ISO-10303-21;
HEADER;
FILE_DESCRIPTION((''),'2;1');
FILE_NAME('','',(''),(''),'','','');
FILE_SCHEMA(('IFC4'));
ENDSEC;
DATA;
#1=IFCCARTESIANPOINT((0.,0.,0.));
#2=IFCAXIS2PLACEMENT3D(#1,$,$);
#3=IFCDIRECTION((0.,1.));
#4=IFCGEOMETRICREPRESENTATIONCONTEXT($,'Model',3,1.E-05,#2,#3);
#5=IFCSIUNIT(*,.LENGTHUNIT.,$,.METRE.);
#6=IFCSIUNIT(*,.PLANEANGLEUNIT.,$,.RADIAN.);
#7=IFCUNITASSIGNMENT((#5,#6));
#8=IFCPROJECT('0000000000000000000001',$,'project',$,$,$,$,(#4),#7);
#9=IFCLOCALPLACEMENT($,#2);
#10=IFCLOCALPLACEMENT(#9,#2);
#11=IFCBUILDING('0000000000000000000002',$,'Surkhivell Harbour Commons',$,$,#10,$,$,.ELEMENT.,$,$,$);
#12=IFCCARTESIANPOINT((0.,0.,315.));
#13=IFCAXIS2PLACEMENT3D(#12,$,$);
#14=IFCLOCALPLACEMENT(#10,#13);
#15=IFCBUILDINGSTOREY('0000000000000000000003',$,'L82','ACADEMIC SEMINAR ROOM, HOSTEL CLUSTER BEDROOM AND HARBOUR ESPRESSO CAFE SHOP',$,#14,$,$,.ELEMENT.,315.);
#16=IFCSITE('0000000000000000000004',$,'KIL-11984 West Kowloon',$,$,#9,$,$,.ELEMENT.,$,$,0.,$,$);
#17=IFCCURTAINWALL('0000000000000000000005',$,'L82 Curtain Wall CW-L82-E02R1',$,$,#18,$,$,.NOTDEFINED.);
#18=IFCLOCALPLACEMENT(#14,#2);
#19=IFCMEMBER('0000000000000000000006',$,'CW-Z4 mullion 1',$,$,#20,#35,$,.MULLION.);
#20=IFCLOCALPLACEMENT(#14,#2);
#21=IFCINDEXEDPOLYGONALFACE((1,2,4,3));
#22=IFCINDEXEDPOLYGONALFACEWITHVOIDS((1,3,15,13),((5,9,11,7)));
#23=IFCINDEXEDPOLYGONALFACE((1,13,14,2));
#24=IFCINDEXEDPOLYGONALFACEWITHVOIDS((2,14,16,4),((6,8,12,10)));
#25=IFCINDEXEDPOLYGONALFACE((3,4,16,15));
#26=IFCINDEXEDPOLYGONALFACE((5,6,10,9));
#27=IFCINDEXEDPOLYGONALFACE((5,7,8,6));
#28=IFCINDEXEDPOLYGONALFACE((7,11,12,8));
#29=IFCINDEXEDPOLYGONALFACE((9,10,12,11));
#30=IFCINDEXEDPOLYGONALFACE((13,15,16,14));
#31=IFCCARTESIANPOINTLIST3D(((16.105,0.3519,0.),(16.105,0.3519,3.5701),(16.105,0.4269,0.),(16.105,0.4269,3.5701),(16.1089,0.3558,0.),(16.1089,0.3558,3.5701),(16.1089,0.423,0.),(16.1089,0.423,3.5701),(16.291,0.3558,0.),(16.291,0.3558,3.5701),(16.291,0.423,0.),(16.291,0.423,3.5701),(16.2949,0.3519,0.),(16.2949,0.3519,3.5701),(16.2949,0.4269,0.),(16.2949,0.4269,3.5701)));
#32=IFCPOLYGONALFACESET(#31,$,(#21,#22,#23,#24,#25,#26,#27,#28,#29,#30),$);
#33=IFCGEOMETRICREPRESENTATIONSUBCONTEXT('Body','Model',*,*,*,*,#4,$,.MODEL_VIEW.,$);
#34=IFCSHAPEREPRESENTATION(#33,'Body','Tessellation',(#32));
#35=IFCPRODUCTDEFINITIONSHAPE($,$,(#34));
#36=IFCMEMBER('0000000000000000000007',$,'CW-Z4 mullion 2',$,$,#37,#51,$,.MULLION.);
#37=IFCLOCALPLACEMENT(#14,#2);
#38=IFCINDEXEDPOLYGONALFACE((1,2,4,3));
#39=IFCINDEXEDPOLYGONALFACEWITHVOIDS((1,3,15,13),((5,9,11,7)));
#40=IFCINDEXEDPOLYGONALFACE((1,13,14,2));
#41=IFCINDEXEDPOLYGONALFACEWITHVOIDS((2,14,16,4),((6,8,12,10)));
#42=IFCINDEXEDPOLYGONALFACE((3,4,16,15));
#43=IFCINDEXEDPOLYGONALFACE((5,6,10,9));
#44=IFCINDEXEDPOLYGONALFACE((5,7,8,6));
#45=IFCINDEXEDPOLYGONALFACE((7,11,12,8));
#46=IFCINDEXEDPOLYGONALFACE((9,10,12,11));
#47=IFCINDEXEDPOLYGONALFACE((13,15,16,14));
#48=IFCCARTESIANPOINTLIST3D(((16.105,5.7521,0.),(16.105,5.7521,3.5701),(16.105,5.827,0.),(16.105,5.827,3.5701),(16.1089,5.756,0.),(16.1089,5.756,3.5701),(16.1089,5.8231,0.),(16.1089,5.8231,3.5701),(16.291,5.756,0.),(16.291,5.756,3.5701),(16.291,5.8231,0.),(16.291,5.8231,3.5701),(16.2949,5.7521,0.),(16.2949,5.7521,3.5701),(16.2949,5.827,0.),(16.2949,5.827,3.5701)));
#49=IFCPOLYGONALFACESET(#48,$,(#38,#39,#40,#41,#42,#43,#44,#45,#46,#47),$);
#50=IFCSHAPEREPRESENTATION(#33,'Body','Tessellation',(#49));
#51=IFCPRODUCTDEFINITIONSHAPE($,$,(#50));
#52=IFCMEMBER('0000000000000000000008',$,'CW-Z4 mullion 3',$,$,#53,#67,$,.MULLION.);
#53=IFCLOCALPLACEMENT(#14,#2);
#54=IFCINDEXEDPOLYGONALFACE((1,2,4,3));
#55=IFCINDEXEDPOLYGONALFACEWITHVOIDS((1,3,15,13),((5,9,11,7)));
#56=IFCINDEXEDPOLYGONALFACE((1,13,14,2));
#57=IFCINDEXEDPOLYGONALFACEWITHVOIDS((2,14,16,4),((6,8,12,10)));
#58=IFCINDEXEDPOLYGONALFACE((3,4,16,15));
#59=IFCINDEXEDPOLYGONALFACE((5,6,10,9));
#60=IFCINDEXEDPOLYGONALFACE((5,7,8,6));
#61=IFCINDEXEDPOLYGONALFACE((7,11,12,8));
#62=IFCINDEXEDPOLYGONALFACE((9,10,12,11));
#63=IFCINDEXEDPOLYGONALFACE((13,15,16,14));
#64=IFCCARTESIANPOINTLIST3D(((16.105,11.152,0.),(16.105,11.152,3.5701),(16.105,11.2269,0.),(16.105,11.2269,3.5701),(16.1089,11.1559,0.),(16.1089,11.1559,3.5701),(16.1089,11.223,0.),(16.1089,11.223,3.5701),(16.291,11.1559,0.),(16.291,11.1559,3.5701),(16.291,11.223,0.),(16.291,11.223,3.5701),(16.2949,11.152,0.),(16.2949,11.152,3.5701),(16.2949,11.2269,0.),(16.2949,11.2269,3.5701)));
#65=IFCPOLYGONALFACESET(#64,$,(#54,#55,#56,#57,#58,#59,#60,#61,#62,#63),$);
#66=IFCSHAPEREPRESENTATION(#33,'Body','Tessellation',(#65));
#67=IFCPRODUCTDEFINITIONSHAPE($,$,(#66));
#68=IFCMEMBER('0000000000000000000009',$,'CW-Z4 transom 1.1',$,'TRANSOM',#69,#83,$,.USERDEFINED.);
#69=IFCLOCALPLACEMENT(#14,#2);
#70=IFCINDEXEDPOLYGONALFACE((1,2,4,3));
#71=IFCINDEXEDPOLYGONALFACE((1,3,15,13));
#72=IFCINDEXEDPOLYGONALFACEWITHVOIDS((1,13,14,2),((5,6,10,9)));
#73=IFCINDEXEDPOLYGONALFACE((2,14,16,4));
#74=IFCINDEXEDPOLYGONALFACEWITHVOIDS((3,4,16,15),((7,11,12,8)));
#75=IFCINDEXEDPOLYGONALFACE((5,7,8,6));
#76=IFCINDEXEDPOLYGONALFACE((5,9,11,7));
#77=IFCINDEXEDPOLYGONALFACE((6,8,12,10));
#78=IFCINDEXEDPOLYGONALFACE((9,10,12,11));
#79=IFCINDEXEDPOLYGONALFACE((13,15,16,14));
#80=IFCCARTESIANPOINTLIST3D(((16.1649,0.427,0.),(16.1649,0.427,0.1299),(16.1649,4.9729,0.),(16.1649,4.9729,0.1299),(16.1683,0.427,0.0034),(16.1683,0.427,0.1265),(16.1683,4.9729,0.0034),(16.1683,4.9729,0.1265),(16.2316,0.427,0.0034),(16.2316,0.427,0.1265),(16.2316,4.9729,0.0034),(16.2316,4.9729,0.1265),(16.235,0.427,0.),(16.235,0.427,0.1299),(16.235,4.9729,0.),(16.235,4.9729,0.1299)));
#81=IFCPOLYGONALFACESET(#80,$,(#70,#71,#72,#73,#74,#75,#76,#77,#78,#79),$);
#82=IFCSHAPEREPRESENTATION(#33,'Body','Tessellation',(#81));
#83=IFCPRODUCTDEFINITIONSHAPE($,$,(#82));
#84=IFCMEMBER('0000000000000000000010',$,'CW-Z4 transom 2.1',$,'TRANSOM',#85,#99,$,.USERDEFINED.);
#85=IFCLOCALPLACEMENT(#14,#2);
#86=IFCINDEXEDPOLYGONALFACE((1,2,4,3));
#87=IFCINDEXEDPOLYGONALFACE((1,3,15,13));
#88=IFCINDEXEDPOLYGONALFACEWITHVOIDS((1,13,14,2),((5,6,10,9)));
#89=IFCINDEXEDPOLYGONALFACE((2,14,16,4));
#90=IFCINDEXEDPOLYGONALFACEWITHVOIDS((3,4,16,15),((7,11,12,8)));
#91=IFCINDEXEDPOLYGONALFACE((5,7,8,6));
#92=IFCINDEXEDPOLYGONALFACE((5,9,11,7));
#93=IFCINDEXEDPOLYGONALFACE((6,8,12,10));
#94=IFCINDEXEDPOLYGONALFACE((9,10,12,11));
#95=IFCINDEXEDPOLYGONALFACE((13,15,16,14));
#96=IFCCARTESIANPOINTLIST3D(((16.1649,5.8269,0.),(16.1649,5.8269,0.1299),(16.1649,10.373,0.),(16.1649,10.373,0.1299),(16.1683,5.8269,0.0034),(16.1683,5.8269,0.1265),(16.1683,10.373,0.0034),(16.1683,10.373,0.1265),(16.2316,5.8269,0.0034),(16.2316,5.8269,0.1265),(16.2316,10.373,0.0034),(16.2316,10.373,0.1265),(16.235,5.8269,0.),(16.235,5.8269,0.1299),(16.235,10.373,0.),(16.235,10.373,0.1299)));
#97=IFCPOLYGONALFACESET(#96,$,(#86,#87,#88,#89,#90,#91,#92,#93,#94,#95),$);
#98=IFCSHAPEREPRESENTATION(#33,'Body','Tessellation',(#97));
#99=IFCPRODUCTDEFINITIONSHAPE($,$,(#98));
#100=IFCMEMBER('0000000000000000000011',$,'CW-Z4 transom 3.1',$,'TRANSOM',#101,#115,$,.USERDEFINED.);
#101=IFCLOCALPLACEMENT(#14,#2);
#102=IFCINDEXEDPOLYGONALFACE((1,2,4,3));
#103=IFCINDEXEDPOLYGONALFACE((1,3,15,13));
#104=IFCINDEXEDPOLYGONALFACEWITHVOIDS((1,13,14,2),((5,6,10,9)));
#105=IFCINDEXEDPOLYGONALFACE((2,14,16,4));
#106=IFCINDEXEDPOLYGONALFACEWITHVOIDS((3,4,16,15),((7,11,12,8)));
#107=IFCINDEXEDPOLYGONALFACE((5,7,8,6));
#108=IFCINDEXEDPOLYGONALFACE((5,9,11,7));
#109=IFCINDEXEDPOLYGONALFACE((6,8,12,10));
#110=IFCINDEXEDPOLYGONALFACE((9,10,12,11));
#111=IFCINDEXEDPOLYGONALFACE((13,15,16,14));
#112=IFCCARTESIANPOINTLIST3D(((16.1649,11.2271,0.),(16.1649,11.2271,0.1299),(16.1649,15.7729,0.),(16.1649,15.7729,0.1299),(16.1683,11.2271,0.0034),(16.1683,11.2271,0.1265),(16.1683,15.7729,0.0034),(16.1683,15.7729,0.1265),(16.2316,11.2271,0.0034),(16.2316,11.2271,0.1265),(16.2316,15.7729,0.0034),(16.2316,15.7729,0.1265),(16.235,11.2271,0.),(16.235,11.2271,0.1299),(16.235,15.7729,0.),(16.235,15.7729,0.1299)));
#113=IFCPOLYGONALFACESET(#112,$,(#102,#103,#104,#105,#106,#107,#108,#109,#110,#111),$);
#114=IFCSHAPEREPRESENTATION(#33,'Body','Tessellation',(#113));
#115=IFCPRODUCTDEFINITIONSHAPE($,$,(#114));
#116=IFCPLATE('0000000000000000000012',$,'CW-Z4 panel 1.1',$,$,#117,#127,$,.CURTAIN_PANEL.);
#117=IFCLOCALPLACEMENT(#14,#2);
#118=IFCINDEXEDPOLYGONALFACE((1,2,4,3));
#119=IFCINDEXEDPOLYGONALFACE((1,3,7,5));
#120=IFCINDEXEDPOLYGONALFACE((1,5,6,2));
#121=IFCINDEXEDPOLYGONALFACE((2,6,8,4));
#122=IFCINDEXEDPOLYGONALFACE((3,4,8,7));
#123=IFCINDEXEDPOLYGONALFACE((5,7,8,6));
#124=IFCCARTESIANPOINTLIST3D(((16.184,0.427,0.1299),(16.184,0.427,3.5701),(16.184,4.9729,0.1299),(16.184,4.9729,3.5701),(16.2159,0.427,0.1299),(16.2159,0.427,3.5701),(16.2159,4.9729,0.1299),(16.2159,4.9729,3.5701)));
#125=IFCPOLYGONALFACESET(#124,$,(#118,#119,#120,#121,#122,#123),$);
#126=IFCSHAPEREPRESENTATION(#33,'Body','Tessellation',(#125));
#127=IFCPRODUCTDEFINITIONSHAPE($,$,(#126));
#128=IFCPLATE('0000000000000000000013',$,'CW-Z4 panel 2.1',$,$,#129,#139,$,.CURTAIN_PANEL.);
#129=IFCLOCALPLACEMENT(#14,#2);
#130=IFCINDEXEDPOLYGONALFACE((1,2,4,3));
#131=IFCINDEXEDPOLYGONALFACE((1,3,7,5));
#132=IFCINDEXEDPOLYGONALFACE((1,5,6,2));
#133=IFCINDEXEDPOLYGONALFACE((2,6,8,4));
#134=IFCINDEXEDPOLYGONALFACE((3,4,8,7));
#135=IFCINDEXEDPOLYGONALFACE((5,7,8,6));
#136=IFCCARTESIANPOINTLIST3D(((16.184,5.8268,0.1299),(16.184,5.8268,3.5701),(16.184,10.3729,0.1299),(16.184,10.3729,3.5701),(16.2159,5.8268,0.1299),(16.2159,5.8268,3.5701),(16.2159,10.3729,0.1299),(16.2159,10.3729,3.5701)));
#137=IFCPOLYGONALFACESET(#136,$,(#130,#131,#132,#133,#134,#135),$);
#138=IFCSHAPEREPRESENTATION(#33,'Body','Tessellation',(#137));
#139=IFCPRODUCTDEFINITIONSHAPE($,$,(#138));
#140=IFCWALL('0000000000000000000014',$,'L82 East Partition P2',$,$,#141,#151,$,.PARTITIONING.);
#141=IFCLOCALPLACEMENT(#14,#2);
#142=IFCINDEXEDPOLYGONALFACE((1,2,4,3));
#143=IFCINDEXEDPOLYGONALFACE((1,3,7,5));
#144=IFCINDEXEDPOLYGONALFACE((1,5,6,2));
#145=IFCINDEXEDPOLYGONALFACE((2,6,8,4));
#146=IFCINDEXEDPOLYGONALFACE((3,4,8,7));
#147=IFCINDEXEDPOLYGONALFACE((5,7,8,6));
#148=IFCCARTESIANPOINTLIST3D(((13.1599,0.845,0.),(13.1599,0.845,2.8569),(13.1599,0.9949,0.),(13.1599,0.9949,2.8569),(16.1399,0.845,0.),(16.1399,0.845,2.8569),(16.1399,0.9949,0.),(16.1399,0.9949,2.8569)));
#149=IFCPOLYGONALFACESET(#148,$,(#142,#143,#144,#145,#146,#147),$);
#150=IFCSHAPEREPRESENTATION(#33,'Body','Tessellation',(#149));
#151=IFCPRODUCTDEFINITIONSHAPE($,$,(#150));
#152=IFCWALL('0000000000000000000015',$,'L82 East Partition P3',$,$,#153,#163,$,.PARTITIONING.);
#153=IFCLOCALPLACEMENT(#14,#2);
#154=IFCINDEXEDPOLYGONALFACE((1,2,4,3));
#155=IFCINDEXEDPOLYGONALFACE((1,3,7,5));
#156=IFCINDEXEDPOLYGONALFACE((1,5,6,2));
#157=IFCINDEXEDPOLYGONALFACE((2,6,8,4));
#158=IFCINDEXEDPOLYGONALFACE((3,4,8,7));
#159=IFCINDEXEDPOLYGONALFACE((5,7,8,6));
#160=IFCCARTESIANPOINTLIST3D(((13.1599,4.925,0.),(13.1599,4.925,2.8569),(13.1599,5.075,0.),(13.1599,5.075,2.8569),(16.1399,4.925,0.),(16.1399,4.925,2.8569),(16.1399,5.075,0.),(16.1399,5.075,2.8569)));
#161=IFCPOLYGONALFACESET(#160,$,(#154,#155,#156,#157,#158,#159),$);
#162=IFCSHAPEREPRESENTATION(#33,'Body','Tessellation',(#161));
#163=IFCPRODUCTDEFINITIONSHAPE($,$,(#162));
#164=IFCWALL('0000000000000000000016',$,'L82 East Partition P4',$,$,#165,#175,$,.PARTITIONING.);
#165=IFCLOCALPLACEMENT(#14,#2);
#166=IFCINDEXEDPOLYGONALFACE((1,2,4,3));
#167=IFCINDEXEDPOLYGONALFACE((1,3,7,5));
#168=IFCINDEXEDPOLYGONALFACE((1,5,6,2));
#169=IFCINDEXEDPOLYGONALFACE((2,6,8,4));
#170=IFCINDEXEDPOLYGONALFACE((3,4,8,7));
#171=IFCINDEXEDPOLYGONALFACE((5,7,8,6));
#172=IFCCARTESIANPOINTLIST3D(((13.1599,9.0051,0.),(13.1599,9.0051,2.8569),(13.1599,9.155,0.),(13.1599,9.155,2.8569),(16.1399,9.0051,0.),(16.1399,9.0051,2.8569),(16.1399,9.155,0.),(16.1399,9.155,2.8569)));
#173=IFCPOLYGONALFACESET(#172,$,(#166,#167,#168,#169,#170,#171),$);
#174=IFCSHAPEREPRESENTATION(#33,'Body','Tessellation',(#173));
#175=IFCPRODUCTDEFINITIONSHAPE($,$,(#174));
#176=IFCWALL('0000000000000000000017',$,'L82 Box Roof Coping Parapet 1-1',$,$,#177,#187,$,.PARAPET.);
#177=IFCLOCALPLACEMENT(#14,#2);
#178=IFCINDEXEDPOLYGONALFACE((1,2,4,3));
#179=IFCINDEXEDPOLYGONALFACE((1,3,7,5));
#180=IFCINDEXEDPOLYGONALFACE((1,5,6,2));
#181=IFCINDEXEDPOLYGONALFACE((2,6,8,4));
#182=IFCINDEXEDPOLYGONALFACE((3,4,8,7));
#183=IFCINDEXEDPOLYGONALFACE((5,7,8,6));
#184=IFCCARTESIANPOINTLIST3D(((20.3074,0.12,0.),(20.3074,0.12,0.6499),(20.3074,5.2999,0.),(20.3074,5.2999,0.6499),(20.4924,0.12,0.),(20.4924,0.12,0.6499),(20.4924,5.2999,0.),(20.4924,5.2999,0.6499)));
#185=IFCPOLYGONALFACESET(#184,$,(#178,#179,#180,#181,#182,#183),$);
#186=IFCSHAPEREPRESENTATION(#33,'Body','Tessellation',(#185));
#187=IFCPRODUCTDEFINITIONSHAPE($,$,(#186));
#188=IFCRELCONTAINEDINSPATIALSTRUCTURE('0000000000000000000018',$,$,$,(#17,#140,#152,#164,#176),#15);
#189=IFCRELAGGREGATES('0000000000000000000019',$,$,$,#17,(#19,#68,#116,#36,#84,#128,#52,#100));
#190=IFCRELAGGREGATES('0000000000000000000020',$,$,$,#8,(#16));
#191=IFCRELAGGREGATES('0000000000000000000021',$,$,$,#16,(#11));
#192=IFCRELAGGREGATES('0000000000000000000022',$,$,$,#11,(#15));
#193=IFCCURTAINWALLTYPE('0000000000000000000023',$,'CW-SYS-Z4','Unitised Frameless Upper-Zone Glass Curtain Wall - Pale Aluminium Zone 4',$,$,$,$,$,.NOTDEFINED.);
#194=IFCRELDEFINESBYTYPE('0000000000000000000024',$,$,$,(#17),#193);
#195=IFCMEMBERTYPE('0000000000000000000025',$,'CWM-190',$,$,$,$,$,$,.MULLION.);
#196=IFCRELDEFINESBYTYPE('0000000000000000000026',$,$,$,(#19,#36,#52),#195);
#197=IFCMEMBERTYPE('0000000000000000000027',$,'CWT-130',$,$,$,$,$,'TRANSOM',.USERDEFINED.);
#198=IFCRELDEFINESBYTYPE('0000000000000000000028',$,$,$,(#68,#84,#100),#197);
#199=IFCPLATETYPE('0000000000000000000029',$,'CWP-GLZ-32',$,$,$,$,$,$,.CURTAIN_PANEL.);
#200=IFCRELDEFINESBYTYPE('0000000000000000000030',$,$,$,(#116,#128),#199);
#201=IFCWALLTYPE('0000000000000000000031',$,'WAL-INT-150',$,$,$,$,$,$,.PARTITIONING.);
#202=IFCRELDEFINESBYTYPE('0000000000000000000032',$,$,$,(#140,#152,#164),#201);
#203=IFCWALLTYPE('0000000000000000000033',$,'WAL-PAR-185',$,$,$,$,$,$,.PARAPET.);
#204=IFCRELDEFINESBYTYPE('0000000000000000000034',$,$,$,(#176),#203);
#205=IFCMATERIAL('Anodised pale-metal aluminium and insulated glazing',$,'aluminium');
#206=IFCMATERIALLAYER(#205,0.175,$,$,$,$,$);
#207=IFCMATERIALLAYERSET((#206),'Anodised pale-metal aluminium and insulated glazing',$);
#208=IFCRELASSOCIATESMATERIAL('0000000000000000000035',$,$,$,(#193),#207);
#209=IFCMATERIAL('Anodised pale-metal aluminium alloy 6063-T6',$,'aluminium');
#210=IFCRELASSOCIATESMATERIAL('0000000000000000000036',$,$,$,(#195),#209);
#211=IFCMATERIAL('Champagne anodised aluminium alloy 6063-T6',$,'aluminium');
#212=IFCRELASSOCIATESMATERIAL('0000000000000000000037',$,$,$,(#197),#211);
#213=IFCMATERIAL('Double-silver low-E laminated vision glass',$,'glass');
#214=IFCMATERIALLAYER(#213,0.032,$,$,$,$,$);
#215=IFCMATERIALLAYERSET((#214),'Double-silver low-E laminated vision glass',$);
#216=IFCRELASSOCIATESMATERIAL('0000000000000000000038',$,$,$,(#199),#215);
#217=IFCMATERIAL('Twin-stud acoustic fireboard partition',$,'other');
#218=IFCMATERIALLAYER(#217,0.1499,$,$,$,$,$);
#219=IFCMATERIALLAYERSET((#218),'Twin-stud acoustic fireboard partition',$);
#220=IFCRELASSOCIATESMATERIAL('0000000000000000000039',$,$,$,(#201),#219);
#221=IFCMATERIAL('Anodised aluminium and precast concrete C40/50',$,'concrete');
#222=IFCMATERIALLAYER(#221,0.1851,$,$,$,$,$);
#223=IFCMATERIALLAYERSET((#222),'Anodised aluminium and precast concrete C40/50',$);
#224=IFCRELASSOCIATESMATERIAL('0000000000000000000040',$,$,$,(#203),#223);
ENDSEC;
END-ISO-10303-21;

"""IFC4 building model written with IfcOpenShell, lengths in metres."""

from ifc_helpers import new_model, si_unit, direction, frame, frame_2d, origin, origin_2d, place, context, subcontext, project, spatial, rectangle, hollow_rectangle, extrude, material, layer, layer_set, material_profile, profile_set, type_object, element, aggregate, save


model = new_model("IFC4")

# Units and contexts
model_context = context("Model", 3, precision=1e-05, world=origin(), true_north=direction((0.0, 1.0)))
body_context = subcontext(model_context, "Body", "Model", "MODEL_VIEW")
ifc_project = project(units=[si_unit("LENGTHUNIT", "METRE"), si_unit("PLANEANGLEUNIT", "RADIAN")], contexts=[model_context])

# Site, building, storey
site_placement = place(None, origin())
site = spatial("IfcSite", under=ifc_project, at=site_placement, Name="KIL-11984 West Kowloon", CompositionType="ELEMENT", RefElevation=0.0)
building_placement = place(site_placement, origin())
building = spatial("IfcBuilding", under=site, at=building_placement, Name="Surkhivell Harbour Commons", CompositionType="ELEMENT")
storey_placement = place(building_placement, frame((0.0, 0.0, 315.0)))
storey = spatial("IfcBuildingStorey", under=building, at=storey_placement, Name="L82", Description="ACADEMIC SEMINAR ROOM, HOSTEL CLUSTER BEDROOM AND HARBOUR ESPRESSO CAFE SHOP", CompositionType="ELEMENT", Elevation=315.0)

# Curtain wall, members, plates
ifc_material_1 = material(Name="Anodised pale-metal aluminium and insulated glazing", Category="aluminium")
ifc_layer_1 = layer(ifc_material_1, 0.175)
ifc_layer_set_1 = layer_set([ifc_layer_1], Name="Anodised pale-metal aluminium and insulated glazing")
curtain_wall_type = type_object("IfcCurtainWallType", Name="CW-SYS-Z4", Description="Unitised Frameless Upper-Zone Glass Curtain Wall - Pale Aluminium Zone 4", PredefinedType="NOTDEFINED", material=ifc_layer_set_1)
curtain_wall_placement = place(storey_placement, origin())
curtain_wall = element("IfcCurtainWall", 1, at=curtain_wall_placement, inside=storey, type_object=curtain_wall_type, Name="L82 Curtain Wall CW-L82-E02R1", PredefinedType="NOTDEFINED")
ifc_material_2 = material(Name="Anodised pale-metal aluminium alloy 6063-T6", Category="aluminium")
ifc_material_profile_1 = material_profile(ifc_material_2, hollow_rectangle(XDim=0.075, YDim=0.1899, WallThickness=0.0039, at=origin_2d()), Name="ALU-MULL-75x190")
ifc_profile_set_1 = profile_set([ifc_material_profile_1], Name="Anodised pale-metal aluminium alloy 6063-T6")
member_type_1 = type_object("IfcMemberType", Name="CWM-190", PredefinedType="MULLION", material=ifc_profile_set_1)
member_1_placement = place(storey_placement, frame((16.2, 0.3894, 0.0), z_axis=(0.0, 0.0, 1.0), x_axis=(0.0, 1.0, 0.0)))
member_1 = element("IfcMember", 2, at=member_1_placement, type_object=member_type_1, Name="CW-Z4 mullion 1", PredefinedType="MULLION", context=body_context, shape_type="SweptSolid", body=[
    extrude(hollow_rectangle(XDim=0.075, YDim=0.1899, WallThickness=0.0039, at=origin_2d()), origin(), (0.0, 0.0, 1.0), 3.5701),
])
member_2_placement = place(storey_placement, frame((16.2, 5.7896, 0.0), z_axis=(0.0, 0.0, 1.0), x_axis=(0.0, 1.0, 0.0)))
member_2 = element("IfcMember", 3, at=member_2_placement, type_object=member_type_1, Name="CW-Z4 mullion 2", PredefinedType="MULLION", context=body_context, shape_type="SweptSolid", body=[
    extrude(hollow_rectangle(XDim=0.075, YDim=0.1899, WallThickness=0.0039, at=origin_2d()), origin(), (0.0, 0.0, 1.0), 3.5701),
])
member_3_placement = place(storey_placement, frame((16.2, 11.1895, 0.0), z_axis=(0.0, 0.0, 1.0), x_axis=(0.0, 1.0, 0.0)))
member_3 = element("IfcMember", 4, at=member_3_placement, type_object=member_type_1, Name="CW-Z4 mullion 3", PredefinedType="MULLION", context=body_context, shape_type="SweptSolid", body=[
    extrude(hollow_rectangle(XDim=0.075, YDim=0.1899, WallThickness=0.0039, at=origin_2d()), origin(), (0.0, 0.0, 1.0), 3.5701),
])
ifc_material_3 = material(Name="Champagne anodised aluminium alloy 6063-T6", Category="aluminium")
ifc_material_profile_2 = material_profile(ifc_material_3, hollow_rectangle(XDim=0.0701, YDim=0.1299, WallThickness=0.0034, at=origin_2d()), Name="ALU-TRAN-70x130")
ifc_profile_set_2 = profile_set([ifc_material_profile_2], Name="Champagne anodised aluminium alloy 6063-T6")
member_type_2 = type_object("IfcMemberType", Name="CWT-130", ElementType="TRANSOM", PredefinedType="USERDEFINED", material=ifc_profile_set_2)
member_4_placement = place(storey_placement, frame((16.2, 0.427, 0.0649), z_axis=(0.0, 1.0, 0.0), x_axis=(-1.0, 0.0, 0.0)))
member_4 = element("IfcMember", 5, at=member_4_placement, type_object=member_type_2, Name="CW-Z4 transom 1.1", ObjectType="TRANSOM", PredefinedType="USERDEFINED", context=body_context, shape_type="SweptSolid", body=[
    extrude(hollow_rectangle(XDim=0.0701, YDim=0.1299, WallThickness=0.0034, at=origin_2d()), origin(), (0.0, 0.0, 1.0), 4.5459),
])
member_5_placement = place(storey_placement, frame((16.2, 5.8269, 0.0649), z_axis=(0.0, 1.0, 0.0), x_axis=(-1.0, 0.0, 0.0)))
member_5 = element("IfcMember", 6, at=member_5_placement, type_object=member_type_2, Name="CW-Z4 transom 2.1", ObjectType="TRANSOM", PredefinedType="USERDEFINED", context=body_context, shape_type="SweptSolid", body=[
    extrude(hollow_rectangle(XDim=0.0701, YDim=0.1299, WallThickness=0.0034, at=origin_2d()), origin(), (0.0, 0.0, 1.0), 4.5461),
])
member_6_placement = place(storey_placement, frame((16.2, 11.2271, 0.0649), z_axis=(0.0, 1.0, 0.0), x_axis=(-1.0, 0.0, 0.0)))
member_6 = element("IfcMember", 7, at=member_6_placement, type_object=member_type_2, Name="CW-Z4 transom 3.1", ObjectType="TRANSOM", PredefinedType="USERDEFINED", context=body_context, shape_type="SweptSolid", body=[
    extrude(hollow_rectangle(XDim=0.0701, YDim=0.1299, WallThickness=0.0034, at=origin_2d()), origin(), (0.0, 0.0, 1.0), 4.5459),
])
ifc_material_4 = material(Name="Double-silver low-E laminated vision glass", Category="glass")
ifc_layer_2 = layer(ifc_material_4, 0.032)
ifc_layer_set_2 = layer_set([ifc_layer_2], Name="Double-silver low-E laminated vision glass")
plate_type = type_object("IfcPlateType", Name="CWP-GLZ-32", PredefinedType="CURTAIN_PANEL", material=ifc_layer_set_2)
plate_1_placement = place(storey_placement, frame((16.2, 0.427, 0.1299), z_axis=(0.0, 0.0, 1.0), x_axis=(0.0, 1.0, 0.0)))
plate_1 = element("IfcPlate", 8, at=plate_1_placement, type_object=plate_type, Name="CW-Z4 panel 1.1", PredefinedType="CURTAIN_PANEL", context=body_context, shape_type="SweptSolid", body=[
    extrude(rectangle(XDim=4.5459, YDim=0.032, at=frame_2d((2.2729, 0.0))), origin(), (0.0, 0.0, 1.0), 3.4402),
])
plate_2_placement = place(storey_placement, frame((16.2, 5.8269, 0.1299), z_axis=(0.0, 0.0, 1.0), x_axis=(0.0, 1.0, 0.0)))
plate_2 = element("IfcPlate", 9, at=plate_2_placement, type_object=plate_type, Name="CW-Z4 panel 2.1", PredefinedType="CURTAIN_PANEL", context=body_context, shape_type="SweptSolid", body=[
    extrude(rectangle(XDim=4.5461, YDim=0.032, at=frame_2d((2.2729, 0.0))), origin(), (0.0, 0.0, 1.0), 3.4402),
])
aggregate(curtain_wall, [member_1, member_4, plate_1, member_2, member_5, plate_2, member_3, member_6])

# Walls
ifc_material_5 = material(Name="Twin-stud acoustic fireboard partition", Category="other")
ifc_layer_3 = layer(ifc_material_5, 0.1499)
ifc_layer_set_3 = layer_set([ifc_layer_3], Name="Twin-stud acoustic fireboard partition")
wall_type_1 = type_object("IfcWallType", Name="WAL-INT-150", PredefinedType="PARTITIONING", material=ifc_layer_set_3)
for number, where, z_axis, x_axis, name in (
    (10, (13.1599, 0.9199, 0.0), (0.0, 0.0, 1.0), (1.0, 0.0, 0.0), "L82 East Partition P2"),
    (11, (13.1599, 5.0, 0.0), (0.0, 0.0, 1.0), (1.0, 0.0, 0.0), "L82 East Partition P3"),
    (12, (13.1599, 9.0801, 0.0), (0.0, 0.0, 1.0), (1.0, 0.0, 0.0), "L82 East Partition P4"),
):
    element("IfcWall", number, at=place(storey_placement, frame(where, z_axis=z_axis, x_axis=x_axis)), inside=storey, type_object=wall_type_1, Name=name, PredefinedType="PARTITIONING", context=body_context, shape_type="SweptSolid", body=[
        extrude(rectangle(XDim=2.98, YDim=0.1499, at=frame_2d((1.49, 0.0))), origin(), (0.0, 0.0, 1.0), 2.8569),
    ])
ifc_material_6 = material(Name="Anodised aluminium and precast concrete C40/50", Category="concrete")
ifc_layer_4 = layer(ifc_material_6, 0.1851)
ifc_layer_set_4 = layer_set([ifc_layer_4], Name="Anodised aluminium and precast concrete C40/50")
wall_type_2 = type_object("IfcWallType", Name="WAL-PAR-185", PredefinedType="PARAPET", material=ifc_layer_set_4)
wall_1_placement = place(storey_placement, frame((20.3999, 0.1201, 0.0), z_axis=(0.0, 0.0, 1.0), x_axis=(0.0, 1.0, 0.0)))
element("IfcWall", 13, at=wall_1_placement, inside=storey, type_object=wall_type_2, Name="L82 Box Roof Coping Parapet 1-1", PredefinedType="PARAPET", context=body_context, shape_type="SweptSolid", body=[
    extrude(rectangle(XDim=5.1799, YDim=0.1851, at=frame_2d((2.5898, 0.0))), origin(), (0.0, 0.0, 1.0), 0.6499),
])

save(model, "model.ifc")
